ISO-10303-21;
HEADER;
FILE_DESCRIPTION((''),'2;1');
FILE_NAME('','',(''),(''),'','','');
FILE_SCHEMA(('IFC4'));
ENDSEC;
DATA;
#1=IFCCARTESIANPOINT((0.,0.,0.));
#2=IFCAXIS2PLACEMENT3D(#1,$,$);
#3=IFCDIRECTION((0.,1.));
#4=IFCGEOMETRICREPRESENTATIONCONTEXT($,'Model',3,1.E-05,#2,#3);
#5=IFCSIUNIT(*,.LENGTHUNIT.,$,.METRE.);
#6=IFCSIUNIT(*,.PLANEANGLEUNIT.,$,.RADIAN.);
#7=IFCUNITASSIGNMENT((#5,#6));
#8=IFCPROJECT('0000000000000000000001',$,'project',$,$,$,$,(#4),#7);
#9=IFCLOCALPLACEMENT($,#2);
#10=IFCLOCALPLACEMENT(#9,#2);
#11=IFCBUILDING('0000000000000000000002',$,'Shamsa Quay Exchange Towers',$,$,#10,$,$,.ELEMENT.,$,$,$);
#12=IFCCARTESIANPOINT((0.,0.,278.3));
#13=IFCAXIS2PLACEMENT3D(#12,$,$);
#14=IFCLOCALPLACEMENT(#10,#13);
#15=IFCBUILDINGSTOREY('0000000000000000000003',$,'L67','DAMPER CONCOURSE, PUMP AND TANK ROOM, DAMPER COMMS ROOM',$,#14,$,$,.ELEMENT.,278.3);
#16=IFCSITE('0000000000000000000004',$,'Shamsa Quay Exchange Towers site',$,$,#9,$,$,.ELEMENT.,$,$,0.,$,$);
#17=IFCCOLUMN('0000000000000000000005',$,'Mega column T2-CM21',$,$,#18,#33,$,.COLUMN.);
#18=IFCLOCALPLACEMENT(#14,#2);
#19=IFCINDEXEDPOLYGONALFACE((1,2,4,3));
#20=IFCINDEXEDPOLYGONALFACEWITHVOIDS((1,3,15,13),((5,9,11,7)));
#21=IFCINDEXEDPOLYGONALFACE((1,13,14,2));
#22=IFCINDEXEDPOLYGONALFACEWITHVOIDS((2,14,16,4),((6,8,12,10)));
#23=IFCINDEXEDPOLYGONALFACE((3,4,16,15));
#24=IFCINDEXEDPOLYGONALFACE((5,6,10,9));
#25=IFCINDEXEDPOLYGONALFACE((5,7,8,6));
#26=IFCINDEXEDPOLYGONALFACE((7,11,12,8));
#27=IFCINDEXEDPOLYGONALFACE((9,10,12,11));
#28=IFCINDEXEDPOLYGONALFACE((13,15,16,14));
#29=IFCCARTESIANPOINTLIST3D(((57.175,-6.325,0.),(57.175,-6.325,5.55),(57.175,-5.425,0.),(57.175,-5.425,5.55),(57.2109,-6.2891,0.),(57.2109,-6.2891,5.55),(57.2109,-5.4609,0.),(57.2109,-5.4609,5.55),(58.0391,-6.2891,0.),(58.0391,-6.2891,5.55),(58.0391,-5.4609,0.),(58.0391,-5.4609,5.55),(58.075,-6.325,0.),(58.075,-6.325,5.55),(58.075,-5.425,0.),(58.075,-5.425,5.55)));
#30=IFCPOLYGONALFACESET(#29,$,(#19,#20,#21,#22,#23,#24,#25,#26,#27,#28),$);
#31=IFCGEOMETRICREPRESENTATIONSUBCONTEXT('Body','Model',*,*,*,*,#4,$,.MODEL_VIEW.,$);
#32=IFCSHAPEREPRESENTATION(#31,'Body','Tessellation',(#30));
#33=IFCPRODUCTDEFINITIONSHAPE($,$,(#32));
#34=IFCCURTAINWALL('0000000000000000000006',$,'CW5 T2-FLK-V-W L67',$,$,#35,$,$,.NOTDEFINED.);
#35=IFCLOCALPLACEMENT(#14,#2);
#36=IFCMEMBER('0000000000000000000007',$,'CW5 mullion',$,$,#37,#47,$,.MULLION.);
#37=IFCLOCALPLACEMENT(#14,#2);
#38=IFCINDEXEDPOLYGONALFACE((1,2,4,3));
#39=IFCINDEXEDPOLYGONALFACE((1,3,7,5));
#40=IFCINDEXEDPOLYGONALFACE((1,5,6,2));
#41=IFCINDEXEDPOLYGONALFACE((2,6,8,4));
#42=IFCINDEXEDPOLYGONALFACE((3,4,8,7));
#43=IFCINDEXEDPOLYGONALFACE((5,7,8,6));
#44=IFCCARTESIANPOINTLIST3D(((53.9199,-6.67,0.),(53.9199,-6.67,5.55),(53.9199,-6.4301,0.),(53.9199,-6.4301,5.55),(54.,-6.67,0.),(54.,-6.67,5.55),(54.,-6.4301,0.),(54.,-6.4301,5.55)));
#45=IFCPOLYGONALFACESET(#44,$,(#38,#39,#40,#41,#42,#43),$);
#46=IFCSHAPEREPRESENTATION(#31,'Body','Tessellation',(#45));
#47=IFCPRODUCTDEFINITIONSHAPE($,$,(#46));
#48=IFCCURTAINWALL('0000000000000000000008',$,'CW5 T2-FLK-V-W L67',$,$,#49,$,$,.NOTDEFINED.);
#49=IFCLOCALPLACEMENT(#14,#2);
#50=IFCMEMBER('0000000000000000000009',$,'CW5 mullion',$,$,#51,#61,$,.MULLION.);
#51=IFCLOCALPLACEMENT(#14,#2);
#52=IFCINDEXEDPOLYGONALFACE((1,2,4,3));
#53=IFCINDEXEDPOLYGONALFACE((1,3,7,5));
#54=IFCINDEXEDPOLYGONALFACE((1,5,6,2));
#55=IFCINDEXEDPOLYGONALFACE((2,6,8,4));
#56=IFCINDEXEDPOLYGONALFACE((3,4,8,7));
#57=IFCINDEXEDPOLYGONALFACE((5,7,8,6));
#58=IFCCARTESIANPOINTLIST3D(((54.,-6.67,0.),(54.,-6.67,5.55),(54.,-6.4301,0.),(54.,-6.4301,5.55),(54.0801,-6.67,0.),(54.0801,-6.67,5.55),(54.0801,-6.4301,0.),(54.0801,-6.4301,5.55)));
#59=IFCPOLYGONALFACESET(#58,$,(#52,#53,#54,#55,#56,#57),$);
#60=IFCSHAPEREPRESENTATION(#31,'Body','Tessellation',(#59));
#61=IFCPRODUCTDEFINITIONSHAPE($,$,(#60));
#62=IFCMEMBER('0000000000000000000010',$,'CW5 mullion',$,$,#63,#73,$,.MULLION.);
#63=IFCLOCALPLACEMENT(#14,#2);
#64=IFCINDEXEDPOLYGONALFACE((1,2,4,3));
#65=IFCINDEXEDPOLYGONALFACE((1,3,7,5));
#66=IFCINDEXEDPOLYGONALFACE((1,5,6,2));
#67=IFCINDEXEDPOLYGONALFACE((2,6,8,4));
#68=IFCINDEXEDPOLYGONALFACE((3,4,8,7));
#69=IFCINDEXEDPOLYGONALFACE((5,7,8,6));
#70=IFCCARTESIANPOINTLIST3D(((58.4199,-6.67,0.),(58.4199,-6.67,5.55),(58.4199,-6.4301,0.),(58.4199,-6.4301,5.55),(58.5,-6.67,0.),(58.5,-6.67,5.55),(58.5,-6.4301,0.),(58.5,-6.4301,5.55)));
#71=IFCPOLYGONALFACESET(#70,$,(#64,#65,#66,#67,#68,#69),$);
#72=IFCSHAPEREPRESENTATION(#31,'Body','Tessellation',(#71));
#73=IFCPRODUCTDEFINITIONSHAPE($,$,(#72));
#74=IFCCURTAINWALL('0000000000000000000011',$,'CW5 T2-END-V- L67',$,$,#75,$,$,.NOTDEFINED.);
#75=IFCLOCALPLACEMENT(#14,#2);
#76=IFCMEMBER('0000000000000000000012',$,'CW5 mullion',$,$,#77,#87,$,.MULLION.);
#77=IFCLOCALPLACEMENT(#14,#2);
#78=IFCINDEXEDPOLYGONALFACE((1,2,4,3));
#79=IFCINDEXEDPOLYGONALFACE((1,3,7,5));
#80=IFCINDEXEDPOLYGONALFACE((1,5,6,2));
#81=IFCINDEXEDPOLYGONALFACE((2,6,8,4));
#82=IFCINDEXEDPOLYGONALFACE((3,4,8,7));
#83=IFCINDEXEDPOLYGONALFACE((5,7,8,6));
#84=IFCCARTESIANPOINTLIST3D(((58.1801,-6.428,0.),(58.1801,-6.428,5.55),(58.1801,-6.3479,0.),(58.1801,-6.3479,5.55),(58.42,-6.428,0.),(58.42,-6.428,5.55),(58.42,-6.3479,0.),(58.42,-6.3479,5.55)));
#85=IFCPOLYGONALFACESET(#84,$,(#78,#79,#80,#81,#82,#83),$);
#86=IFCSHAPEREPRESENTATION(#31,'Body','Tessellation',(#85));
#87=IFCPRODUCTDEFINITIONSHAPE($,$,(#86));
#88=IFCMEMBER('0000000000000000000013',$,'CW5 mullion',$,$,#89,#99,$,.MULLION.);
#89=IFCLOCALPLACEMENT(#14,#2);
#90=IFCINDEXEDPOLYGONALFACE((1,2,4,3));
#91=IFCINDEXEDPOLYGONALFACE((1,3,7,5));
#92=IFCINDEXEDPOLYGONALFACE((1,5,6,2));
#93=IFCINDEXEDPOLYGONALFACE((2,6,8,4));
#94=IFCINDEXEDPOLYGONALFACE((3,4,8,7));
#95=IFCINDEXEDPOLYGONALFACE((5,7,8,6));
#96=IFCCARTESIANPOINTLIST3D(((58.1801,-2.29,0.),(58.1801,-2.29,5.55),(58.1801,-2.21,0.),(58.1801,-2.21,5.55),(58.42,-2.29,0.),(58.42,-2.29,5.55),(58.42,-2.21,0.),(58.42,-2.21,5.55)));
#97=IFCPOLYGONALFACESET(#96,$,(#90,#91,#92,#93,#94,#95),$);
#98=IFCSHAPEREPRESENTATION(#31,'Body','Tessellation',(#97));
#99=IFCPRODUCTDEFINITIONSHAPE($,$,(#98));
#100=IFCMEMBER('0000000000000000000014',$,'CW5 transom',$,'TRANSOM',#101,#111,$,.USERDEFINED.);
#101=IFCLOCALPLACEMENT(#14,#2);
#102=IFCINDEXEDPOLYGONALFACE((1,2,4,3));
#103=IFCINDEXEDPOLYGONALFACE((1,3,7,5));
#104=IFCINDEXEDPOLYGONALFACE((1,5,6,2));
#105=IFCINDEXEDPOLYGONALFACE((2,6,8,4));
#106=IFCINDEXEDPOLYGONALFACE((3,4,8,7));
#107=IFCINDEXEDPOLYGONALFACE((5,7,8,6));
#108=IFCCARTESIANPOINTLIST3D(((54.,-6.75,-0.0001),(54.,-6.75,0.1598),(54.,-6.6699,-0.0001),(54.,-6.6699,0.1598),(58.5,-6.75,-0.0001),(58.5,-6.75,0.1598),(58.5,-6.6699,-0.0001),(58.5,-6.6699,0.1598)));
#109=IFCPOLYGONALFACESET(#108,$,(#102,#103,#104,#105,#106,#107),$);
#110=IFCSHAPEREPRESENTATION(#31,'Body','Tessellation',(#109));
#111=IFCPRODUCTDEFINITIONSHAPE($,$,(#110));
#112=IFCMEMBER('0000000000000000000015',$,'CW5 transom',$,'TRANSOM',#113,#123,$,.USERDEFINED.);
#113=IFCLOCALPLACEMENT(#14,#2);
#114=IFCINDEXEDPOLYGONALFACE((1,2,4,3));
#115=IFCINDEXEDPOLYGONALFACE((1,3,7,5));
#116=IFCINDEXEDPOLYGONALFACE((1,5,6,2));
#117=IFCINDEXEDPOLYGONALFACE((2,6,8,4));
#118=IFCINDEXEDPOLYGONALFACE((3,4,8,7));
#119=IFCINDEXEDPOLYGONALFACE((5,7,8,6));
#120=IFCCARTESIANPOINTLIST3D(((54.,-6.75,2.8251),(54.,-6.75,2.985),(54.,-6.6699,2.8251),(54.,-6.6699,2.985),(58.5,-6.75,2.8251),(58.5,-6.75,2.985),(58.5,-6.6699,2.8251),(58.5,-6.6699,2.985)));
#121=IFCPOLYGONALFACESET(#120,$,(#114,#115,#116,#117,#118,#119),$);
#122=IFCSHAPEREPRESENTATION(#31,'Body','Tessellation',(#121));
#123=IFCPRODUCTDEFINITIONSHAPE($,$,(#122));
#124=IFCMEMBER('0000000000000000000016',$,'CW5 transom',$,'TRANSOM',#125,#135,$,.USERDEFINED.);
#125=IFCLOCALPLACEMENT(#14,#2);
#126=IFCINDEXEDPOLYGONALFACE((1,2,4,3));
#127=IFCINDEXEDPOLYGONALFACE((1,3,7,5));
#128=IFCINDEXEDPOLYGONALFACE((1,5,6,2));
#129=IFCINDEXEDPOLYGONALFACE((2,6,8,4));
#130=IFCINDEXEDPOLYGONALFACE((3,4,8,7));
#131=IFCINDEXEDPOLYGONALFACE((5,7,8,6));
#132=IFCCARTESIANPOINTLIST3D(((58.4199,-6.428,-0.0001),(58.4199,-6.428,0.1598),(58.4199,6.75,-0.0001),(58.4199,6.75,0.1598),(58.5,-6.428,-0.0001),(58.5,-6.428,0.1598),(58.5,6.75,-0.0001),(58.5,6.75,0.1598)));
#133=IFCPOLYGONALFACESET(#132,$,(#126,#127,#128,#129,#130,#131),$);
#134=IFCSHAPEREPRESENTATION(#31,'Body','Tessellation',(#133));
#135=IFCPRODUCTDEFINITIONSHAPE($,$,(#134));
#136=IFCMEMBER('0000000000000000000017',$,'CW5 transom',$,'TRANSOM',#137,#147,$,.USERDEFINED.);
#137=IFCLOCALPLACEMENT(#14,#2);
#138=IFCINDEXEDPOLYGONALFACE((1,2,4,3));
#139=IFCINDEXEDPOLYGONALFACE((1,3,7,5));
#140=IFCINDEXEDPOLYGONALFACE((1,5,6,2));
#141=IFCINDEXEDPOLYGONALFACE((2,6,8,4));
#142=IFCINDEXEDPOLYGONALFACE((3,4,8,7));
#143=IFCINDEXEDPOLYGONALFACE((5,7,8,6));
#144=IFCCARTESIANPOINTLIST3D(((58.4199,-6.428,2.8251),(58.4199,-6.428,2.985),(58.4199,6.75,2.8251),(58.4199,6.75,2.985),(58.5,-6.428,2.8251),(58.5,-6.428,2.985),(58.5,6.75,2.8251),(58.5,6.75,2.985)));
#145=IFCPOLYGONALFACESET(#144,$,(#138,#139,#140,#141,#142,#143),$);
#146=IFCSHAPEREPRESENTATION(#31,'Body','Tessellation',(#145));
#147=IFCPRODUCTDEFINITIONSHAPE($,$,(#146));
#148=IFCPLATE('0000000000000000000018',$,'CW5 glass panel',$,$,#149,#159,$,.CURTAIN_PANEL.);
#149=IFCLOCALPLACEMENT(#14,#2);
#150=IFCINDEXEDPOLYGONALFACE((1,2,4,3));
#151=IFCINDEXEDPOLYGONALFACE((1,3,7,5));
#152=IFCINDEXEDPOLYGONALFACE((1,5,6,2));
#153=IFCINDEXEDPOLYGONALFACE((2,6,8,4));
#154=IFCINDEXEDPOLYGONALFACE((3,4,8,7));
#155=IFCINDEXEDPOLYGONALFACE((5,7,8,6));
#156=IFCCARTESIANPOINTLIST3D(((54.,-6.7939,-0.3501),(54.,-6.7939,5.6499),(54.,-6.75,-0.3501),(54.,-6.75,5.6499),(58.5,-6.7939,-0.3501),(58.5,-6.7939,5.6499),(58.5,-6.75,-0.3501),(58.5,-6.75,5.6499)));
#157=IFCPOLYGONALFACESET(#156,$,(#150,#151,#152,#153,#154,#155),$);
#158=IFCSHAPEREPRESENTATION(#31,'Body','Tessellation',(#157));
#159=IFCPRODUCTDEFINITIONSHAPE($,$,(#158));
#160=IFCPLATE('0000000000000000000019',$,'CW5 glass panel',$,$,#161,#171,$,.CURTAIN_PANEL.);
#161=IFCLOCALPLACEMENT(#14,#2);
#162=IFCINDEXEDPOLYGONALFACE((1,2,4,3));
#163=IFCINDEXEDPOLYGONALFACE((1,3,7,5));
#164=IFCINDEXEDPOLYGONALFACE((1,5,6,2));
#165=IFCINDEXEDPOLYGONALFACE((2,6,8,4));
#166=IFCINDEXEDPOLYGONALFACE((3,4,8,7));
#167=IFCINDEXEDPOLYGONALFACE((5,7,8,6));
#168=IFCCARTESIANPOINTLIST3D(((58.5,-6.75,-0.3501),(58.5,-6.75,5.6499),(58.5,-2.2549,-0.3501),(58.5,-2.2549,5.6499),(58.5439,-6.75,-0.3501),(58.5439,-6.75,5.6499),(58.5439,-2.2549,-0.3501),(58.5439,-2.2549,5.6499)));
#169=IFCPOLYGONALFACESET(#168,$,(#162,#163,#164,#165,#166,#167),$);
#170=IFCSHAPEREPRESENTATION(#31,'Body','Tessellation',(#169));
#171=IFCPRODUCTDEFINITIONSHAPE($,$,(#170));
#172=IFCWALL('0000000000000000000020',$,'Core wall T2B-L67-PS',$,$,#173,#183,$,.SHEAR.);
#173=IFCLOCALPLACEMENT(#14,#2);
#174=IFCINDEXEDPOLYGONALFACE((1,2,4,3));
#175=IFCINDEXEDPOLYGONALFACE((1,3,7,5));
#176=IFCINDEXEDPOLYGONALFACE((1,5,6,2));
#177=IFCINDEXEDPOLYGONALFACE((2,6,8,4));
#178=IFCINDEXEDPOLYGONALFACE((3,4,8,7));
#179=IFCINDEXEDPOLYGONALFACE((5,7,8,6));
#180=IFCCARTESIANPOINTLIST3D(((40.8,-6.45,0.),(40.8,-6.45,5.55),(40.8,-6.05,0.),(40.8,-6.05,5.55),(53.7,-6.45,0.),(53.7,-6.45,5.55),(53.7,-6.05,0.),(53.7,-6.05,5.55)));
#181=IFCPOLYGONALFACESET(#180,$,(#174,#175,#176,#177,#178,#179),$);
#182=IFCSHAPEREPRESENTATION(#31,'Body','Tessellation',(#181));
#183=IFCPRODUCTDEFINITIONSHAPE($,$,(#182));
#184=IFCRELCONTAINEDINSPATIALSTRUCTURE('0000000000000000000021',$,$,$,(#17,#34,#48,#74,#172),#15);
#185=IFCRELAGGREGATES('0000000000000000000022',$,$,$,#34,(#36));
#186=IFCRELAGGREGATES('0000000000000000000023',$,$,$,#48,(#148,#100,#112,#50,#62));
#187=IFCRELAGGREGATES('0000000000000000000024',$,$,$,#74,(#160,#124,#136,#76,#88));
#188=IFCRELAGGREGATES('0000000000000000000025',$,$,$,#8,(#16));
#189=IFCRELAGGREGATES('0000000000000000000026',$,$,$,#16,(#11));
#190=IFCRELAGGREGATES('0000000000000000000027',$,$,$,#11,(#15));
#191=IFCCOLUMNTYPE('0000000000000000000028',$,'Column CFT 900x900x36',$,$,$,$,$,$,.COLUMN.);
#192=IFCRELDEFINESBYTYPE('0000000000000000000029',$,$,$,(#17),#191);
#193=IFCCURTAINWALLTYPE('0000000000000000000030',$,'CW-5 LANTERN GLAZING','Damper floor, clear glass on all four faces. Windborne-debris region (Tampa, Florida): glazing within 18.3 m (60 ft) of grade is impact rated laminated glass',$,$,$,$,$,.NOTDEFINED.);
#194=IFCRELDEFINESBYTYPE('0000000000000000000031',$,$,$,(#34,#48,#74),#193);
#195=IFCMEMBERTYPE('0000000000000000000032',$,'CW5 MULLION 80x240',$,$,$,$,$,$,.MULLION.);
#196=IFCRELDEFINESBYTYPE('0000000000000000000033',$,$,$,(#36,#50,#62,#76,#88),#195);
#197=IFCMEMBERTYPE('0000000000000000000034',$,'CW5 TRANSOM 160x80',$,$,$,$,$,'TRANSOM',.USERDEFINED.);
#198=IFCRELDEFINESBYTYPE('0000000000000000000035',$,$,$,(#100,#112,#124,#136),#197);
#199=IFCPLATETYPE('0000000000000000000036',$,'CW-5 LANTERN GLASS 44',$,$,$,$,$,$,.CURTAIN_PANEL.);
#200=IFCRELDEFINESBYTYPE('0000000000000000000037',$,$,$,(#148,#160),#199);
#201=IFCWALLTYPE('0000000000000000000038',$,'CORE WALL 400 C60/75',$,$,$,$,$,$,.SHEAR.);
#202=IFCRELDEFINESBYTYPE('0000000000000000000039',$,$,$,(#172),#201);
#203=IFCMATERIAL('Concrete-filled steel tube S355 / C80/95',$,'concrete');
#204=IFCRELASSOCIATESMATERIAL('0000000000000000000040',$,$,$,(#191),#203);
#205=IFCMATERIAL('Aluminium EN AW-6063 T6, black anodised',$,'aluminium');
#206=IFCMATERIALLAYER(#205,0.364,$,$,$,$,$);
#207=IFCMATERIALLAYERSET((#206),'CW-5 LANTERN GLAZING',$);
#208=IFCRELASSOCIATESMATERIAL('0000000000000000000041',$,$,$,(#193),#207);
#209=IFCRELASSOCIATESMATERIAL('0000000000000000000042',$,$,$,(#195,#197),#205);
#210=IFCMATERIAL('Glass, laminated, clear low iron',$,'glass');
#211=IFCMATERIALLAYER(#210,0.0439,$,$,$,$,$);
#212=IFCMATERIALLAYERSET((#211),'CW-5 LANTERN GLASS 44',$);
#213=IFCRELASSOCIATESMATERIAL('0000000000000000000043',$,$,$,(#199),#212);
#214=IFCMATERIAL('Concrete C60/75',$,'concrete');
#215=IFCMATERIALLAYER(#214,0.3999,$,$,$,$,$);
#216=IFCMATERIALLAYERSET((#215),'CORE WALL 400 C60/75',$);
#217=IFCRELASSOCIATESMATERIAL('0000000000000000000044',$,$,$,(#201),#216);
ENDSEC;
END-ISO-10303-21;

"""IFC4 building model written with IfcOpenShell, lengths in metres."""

from ifc_helpers import new_model, si_unit, direction, frame, frame_2d, origin, origin_2d, place, context, subcontext, project, spatial, rectangle, hollow_rectangle, extrude, material, layer, layer_set, material_profile, profile_set, type_object, element, aggregate, save


model = new_model("IFC4")

# Units and contexts
model_context = context("Model", 3, precision=1e-05, world=origin(), true_north=direction((0.0, 1.0)))
body_context = subcontext(model_context, "Body", "Model", "MODEL_VIEW")
ifc_project = project(units=[si_unit("LENGTHUNIT", "METRE"), si_unit("PLANEANGLEUNIT", "RADIAN")], contexts=[model_context])

# Site, building, storey
site_placement = place(None, origin())
site = spatial("IfcSite", under=ifc_project, at=site_placement, Name="Shamsa Quay Exchange Towers site", CompositionType="ELEMENT", RefElevation=0.0)
building_placement = place(site_placement, origin())
building = spatial("IfcBuilding", under=site, at=building_placement, Name="Shamsa Quay Exchange Towers", CompositionType="ELEMENT")
storey_placement = place(building_placement, frame((0.0, 0.0, 278.3)))
storey = spatial("IfcBuildingStorey", under=building, at=storey_placement, Name="L67", Description="DAMPER CONCOURSE, PUMP AND TANK ROOM, DAMPER COMMS ROOM", CompositionType="ELEMENT", Elevation=278.3)

# Column
ifc_material_1 = material(Name="Concrete-filled steel tube S355 / C80/95", Category="concrete")
ifc_material_profile_1 = material_profile(ifc_material_1, hollow_rectangle(XDim=0.8999, YDim=0.8999, WallThickness=0.0359, at=origin_2d()), Name="CFT 900x900x36")
ifc_profile_set_1 = profile_set([ifc_material_profile_1], Name="Concrete-filled steel tube S355 / C80/95")
column_type = type_object("IfcColumnType", Name="Column CFT 900x900x36", PredefinedType="COLUMN", material=ifc_profile_set_1)
column_placement = place(storey_placement, frame((57.625, -5.875, 0.0)))
element("IfcColumn", 1, at=column_placement, inside=storey, type_object=column_type, Name="Mega column T2-CM21", PredefinedType="COLUMN", context=body_context, shape_type="SweptSolid", body=[
    extrude(hollow_rectangle(XDim=0.8999, YDim=0.8999, WallThickness=0.0359, at=origin_2d()), origin(), (0.0, 0.0, 1.0), 5.55),
])

# Curtain wall, member
ifc_material_2 = material(Name="Aluminium EN AW-6063 T6, black anodised", Category="aluminium")
ifc_layer_1 = layer(ifc_material_2, 0.364)
ifc_layer_set_1 = layer_set([ifc_layer_1], Name="CW-5 LANTERN GLAZING")
curtain_wall_type = type_object("IfcCurtainWallType", Name="CW-5 LANTERN GLAZING", Description="Damper floor, clear glass on all four faces. Windborne-debris region (Tampa, Florida): glazing within 18.3 m (60 ft) of grade is impact rated laminated glass", PredefinedType="NOTDEFINED", material=ifc_layer_set_1)
curtain_wall_1_placement = place(storey_placement, origin())
curtain_wall_1 = element("IfcCurtainWall", 2, at=curtain_wall_1_placement, inside=storey, type_object=curtain_wall_type, Name="CW5 T2-FLK-V-W L67", PredefinedType="NOTDEFINED")
ifc_material_profile_2 = material_profile(ifc_material_2, rectangle(XDim=0.24, YDim=0.0801, at=origin_2d()), Name="MU80x240")
ifc_profile_set_2 = profile_set([ifc_material_profile_2], Name="Aluminium EN AW-6063 T6, black anodised")
member_type_1 = type_object("IfcMemberType", Name="CW5 MULLION 80x240", PredefinedType="MULLION", material=ifc_profile_set_2)
member_1_placement = place(storey_placement, frame((53.96, -6.55, 0.0), z_axis=(0.0, 0.0, 1.0), x_axis=(0.0, 1.0, 0.0)))
member_1 = element("IfcMember", 3, at=member_1_placement, type_object=member_type_1, Name="CW5 mullion", PredefinedType="MULLION", context=body_context, shape_type="SweptSolid", body=[
    extrude(rectangle(XDim=0.24, YDim=0.0801, at=origin_2d()), origin(), (0.0, 0.0, 1.0), 5.55),
])
aggregate(curtain_wall_1, [member_1])

# Curtain walls, members
curtain_wall_2_placement = place(storey_placement, origin())
curtain_wall_2 = element("IfcCurtainWall", 4, at=curtain_wall_2_placement, inside=storey, type_object=curtain_wall_type, Name="CW5 T2-FLK-V-W L67", PredefinedType="NOTDEFINED")
member_2_placement = place(storey_placement, frame((54.04, -6.55, 0.0), z_axis=(0.0, 0.0, 1.0), x_axis=(0.0, 1.0, 0.0)))
member_2 = element("IfcMember", 5, at=member_2_placement, type_object=member_type_1, Name="CW5 mullion", PredefinedType="MULLION", context=body_context, shape_type="SweptSolid", body=[
    extrude(rectangle(XDim=0.24, YDim=0.0801, at=origin_2d()), origin(), (0.0, 0.0, 1.0), 5.55),
])
member_3_placement = place(storey_placement, frame((58.46, -6.55, 0.0), z_axis=(0.0, 0.0, 1.0), x_axis=(0.0, 1.0, 0.0)))
member_3 = element("IfcMember", 6, at=member_3_placement, type_object=member_type_1, Name="CW5 mullion", PredefinedType="MULLION", context=body_context, shape_type="SweptSolid", body=[
    extrude(rectangle(XDim=0.24, YDim=0.0801, at=origin_2d()), origin(), (0.0, 0.0, 1.0), 5.55),
])
curtain_wall_3_placement = place(storey_placement, origin())
curtain_wall_3 = element("IfcCurtainWall", 7, at=curtain_wall_3_placement, inside=storey, type_object=curtain_wall_type, Name="CW5 T2-END-V- L67", PredefinedType="NOTDEFINED")
member_4_placement = place(storey_placement, frame((58.3, -6.3879, 0.0), z_axis=(0.0, 0.0, 1.0), x_axis=(-1.0, 0.0, 0.0)))
member_4 = element("IfcMember", 8, at=member_4_placement, type_object=member_type_1, Name="CW5 mullion", PredefinedType="MULLION", context=body_context, shape_type="SweptSolid", body=[
    extrude(rectangle(XDim=0.24, YDim=0.0801, at=origin_2d()), origin(), (0.0, 0.0, 1.0), 5.55),
])
member_5_placement = place(storey_placement, frame((58.3, -2.25, 0.0), z_axis=(0.0, 0.0, 1.0), x_axis=(-1.0, 0.0, 0.0)))
member_5 = element("IfcMember", 9, at=member_5_placement, type_object=member_type_1, Name="CW5 mullion", PredefinedType="MULLION", context=body_context, shape_type="SweptSolid", body=[
    extrude(rectangle(XDim=0.24, YDim=0.0801, at=origin_2d()), origin(), (0.0, 0.0, 1.0), 5.55),
])

# Members
ifc_material_profile_3 = material_profile(ifc_material_2, rectangle(XDim=0.0801, YDim=0.1599, at=origin_2d()), Name="TR160x80")
ifc_profile_set_3 = profile_set([ifc_material_profile_3], Name="Aluminium EN AW-6063 T6, black anodised")
member_type_2 = type_object("IfcMemberType", Name="CW5 TRANSOM 160x80", ElementType="TRANSOM", PredefinedType="USERDEFINED", material=ifc_profile_set_3)
member_6_placement = place(storey_placement, frame((54.0, -6.71, 0.0798), z_axis=(1.0, 0.0, 0.0), x_axis=(0.0, 1.0, 0.0)))
member_6 = element("IfcMember", 10, at=member_6_placement, type_object=member_type_2, Name="CW5 transom", ObjectType="TRANSOM", PredefinedType="USERDEFINED", context=body_context, shape_type="SweptSolid", body=[
    extrude(rectangle(XDim=0.0801, YDim=0.1599, at=origin_2d()), origin(), (0.0, 0.0, 1.0), 4.5),
])
member_7_placement = place(storey_placement, frame((54.0, -6.71, 2.905), z_axis=(1.0, 0.0, 0.0), x_axis=(0.0, 1.0, 0.0)))
member_7 = element("IfcMember", 11, at=member_7_placement, type_object=member_type_2, Name="CW5 transom", ObjectType="TRANSOM", PredefinedType="USERDEFINED", context=body_context, shape_type="SweptSolid", body=[
    extrude(rectangle(XDim=0.0801, YDim=0.1599, at=origin_2d()), origin(), (0.0, 0.0, 1.0), 4.5),
])
member_8_placement = place(storey_placement, frame((58.46, -6.428, 0.0798), z_axis=(0.0, 1.0, 0.0), x_axis=(-1.0, 0.0, 0.0)))
member_8 = element("IfcMember", 12, at=member_8_placement, type_object=member_type_2, Name="CW5 transom", ObjectType="TRANSOM", PredefinedType="USERDEFINED", context=body_context, shape_type="SweptSolid", body=[
    extrude(rectangle(XDim=0.0801, YDim=0.1599, at=origin_2d()), origin(), (0.0, 0.0, 1.0), 13.178),
])
member_9_placement = place(storey_placement, frame((58.46, -6.428, 2.905), z_axis=(0.0, 1.0, 0.0), x_axis=(-1.0, 0.0, 0.0)))
member_9 = element("IfcMember", 13, at=member_9_placement, type_object=member_type_2, Name="CW5 transom", ObjectType="TRANSOM", PredefinedType="USERDEFINED", context=body_context, shape_type="SweptSolid", body=[
    extrude(rectangle(XDim=0.0801, YDim=0.1599, at=origin_2d()), origin(), (0.0, 0.0, 1.0), 13.178),
])

# Plates
ifc_material_3 = material(Name="Glass, laminated, clear low iron", Category="glass")
ifc_layer_2 = layer(ifc_material_3, 0.0439)
ifc_layer_set_2 = layer_set([ifc_layer_2], Name="CW-5 LANTERN GLASS 44")
plate_type = type_object("IfcPlateType", Name="CW-5 LANTERN GLASS 44", PredefinedType="CURTAIN_PANEL", material=ifc_layer_set_2)
plate_1_placement = place(storey_placement, frame((56.25, -6.772, -0.3501)))
plate_1 = element("IfcPlate", 14, at=plate_1_placement, type_object=plate_type, Name="CW5 glass panel", PredefinedType="CURTAIN_PANEL", context=body_context, shape_type="SweptSolid", body=[
    extrude(rectangle(XDim=4.5, YDim=0.0439, at=origin_2d()), origin(), (0.0, 0.0, 1.0), 6.0),
])
aggregate(curtain_wall_2, [plate_1, member_6, member_7, member_2, member_3])
plate_2_placement = place(storey_placement, frame((58.522, -4.5024, -0.3501), z_axis=(0.0, 0.0, 1.0), x_axis=(0.0, 1.0, 0.0)))
plate_2 = element("IfcPlate", 15, at=plate_2_placement, type_object=plate_type, Name="CW5 glass panel", PredefinedType="CURTAIN_PANEL", context=body_context, shape_type="SweptSolid", body=[
    extrude(rectangle(XDim=4.4951, YDim=0.0439, at=origin_2d()), origin(), (0.0, 0.0, 1.0), 6.0),
])
aggregate(curtain_wall_3, [plate_2, member_8, member_9, member_4, member_5])

# Wall
ifc_material_4 = material(Name="Concrete C60/75", Category="concrete")
ifc_layer_3 = layer(ifc_material_4, 0.3999)
ifc_layer_set_3 = layer_set([ifc_layer_3], Name="CORE WALL 400 C60/75")
wall_type_1 = type_object("IfcWallType", Name="CORE WALL 400 C60/75", PredefinedType="SHEAR", material=ifc_layer_set_3)
wall_1_placement = place(storey_placement, frame((53.7, -6.25, 0.0), z_axis=(0.0, 0.0, 1.0), x_axis=(-1.0, 0.0, 0.0)))
element("IfcWall", 16, at=wall_1_placement, inside=storey, type_object=wall_type_1, Name="Core wall T2B-L67-PS", PredefinedType="SHEAR", context=body_context, shape_type="SweptSolid", body=[
    extrude(rectangle(XDim=12.8999, YDim=0.3999, at=frame_2d((6.45, 0.0))), origin(), (0.0, 0.0, 1.0), 5.55),
])

save(model, "model.ifc")
